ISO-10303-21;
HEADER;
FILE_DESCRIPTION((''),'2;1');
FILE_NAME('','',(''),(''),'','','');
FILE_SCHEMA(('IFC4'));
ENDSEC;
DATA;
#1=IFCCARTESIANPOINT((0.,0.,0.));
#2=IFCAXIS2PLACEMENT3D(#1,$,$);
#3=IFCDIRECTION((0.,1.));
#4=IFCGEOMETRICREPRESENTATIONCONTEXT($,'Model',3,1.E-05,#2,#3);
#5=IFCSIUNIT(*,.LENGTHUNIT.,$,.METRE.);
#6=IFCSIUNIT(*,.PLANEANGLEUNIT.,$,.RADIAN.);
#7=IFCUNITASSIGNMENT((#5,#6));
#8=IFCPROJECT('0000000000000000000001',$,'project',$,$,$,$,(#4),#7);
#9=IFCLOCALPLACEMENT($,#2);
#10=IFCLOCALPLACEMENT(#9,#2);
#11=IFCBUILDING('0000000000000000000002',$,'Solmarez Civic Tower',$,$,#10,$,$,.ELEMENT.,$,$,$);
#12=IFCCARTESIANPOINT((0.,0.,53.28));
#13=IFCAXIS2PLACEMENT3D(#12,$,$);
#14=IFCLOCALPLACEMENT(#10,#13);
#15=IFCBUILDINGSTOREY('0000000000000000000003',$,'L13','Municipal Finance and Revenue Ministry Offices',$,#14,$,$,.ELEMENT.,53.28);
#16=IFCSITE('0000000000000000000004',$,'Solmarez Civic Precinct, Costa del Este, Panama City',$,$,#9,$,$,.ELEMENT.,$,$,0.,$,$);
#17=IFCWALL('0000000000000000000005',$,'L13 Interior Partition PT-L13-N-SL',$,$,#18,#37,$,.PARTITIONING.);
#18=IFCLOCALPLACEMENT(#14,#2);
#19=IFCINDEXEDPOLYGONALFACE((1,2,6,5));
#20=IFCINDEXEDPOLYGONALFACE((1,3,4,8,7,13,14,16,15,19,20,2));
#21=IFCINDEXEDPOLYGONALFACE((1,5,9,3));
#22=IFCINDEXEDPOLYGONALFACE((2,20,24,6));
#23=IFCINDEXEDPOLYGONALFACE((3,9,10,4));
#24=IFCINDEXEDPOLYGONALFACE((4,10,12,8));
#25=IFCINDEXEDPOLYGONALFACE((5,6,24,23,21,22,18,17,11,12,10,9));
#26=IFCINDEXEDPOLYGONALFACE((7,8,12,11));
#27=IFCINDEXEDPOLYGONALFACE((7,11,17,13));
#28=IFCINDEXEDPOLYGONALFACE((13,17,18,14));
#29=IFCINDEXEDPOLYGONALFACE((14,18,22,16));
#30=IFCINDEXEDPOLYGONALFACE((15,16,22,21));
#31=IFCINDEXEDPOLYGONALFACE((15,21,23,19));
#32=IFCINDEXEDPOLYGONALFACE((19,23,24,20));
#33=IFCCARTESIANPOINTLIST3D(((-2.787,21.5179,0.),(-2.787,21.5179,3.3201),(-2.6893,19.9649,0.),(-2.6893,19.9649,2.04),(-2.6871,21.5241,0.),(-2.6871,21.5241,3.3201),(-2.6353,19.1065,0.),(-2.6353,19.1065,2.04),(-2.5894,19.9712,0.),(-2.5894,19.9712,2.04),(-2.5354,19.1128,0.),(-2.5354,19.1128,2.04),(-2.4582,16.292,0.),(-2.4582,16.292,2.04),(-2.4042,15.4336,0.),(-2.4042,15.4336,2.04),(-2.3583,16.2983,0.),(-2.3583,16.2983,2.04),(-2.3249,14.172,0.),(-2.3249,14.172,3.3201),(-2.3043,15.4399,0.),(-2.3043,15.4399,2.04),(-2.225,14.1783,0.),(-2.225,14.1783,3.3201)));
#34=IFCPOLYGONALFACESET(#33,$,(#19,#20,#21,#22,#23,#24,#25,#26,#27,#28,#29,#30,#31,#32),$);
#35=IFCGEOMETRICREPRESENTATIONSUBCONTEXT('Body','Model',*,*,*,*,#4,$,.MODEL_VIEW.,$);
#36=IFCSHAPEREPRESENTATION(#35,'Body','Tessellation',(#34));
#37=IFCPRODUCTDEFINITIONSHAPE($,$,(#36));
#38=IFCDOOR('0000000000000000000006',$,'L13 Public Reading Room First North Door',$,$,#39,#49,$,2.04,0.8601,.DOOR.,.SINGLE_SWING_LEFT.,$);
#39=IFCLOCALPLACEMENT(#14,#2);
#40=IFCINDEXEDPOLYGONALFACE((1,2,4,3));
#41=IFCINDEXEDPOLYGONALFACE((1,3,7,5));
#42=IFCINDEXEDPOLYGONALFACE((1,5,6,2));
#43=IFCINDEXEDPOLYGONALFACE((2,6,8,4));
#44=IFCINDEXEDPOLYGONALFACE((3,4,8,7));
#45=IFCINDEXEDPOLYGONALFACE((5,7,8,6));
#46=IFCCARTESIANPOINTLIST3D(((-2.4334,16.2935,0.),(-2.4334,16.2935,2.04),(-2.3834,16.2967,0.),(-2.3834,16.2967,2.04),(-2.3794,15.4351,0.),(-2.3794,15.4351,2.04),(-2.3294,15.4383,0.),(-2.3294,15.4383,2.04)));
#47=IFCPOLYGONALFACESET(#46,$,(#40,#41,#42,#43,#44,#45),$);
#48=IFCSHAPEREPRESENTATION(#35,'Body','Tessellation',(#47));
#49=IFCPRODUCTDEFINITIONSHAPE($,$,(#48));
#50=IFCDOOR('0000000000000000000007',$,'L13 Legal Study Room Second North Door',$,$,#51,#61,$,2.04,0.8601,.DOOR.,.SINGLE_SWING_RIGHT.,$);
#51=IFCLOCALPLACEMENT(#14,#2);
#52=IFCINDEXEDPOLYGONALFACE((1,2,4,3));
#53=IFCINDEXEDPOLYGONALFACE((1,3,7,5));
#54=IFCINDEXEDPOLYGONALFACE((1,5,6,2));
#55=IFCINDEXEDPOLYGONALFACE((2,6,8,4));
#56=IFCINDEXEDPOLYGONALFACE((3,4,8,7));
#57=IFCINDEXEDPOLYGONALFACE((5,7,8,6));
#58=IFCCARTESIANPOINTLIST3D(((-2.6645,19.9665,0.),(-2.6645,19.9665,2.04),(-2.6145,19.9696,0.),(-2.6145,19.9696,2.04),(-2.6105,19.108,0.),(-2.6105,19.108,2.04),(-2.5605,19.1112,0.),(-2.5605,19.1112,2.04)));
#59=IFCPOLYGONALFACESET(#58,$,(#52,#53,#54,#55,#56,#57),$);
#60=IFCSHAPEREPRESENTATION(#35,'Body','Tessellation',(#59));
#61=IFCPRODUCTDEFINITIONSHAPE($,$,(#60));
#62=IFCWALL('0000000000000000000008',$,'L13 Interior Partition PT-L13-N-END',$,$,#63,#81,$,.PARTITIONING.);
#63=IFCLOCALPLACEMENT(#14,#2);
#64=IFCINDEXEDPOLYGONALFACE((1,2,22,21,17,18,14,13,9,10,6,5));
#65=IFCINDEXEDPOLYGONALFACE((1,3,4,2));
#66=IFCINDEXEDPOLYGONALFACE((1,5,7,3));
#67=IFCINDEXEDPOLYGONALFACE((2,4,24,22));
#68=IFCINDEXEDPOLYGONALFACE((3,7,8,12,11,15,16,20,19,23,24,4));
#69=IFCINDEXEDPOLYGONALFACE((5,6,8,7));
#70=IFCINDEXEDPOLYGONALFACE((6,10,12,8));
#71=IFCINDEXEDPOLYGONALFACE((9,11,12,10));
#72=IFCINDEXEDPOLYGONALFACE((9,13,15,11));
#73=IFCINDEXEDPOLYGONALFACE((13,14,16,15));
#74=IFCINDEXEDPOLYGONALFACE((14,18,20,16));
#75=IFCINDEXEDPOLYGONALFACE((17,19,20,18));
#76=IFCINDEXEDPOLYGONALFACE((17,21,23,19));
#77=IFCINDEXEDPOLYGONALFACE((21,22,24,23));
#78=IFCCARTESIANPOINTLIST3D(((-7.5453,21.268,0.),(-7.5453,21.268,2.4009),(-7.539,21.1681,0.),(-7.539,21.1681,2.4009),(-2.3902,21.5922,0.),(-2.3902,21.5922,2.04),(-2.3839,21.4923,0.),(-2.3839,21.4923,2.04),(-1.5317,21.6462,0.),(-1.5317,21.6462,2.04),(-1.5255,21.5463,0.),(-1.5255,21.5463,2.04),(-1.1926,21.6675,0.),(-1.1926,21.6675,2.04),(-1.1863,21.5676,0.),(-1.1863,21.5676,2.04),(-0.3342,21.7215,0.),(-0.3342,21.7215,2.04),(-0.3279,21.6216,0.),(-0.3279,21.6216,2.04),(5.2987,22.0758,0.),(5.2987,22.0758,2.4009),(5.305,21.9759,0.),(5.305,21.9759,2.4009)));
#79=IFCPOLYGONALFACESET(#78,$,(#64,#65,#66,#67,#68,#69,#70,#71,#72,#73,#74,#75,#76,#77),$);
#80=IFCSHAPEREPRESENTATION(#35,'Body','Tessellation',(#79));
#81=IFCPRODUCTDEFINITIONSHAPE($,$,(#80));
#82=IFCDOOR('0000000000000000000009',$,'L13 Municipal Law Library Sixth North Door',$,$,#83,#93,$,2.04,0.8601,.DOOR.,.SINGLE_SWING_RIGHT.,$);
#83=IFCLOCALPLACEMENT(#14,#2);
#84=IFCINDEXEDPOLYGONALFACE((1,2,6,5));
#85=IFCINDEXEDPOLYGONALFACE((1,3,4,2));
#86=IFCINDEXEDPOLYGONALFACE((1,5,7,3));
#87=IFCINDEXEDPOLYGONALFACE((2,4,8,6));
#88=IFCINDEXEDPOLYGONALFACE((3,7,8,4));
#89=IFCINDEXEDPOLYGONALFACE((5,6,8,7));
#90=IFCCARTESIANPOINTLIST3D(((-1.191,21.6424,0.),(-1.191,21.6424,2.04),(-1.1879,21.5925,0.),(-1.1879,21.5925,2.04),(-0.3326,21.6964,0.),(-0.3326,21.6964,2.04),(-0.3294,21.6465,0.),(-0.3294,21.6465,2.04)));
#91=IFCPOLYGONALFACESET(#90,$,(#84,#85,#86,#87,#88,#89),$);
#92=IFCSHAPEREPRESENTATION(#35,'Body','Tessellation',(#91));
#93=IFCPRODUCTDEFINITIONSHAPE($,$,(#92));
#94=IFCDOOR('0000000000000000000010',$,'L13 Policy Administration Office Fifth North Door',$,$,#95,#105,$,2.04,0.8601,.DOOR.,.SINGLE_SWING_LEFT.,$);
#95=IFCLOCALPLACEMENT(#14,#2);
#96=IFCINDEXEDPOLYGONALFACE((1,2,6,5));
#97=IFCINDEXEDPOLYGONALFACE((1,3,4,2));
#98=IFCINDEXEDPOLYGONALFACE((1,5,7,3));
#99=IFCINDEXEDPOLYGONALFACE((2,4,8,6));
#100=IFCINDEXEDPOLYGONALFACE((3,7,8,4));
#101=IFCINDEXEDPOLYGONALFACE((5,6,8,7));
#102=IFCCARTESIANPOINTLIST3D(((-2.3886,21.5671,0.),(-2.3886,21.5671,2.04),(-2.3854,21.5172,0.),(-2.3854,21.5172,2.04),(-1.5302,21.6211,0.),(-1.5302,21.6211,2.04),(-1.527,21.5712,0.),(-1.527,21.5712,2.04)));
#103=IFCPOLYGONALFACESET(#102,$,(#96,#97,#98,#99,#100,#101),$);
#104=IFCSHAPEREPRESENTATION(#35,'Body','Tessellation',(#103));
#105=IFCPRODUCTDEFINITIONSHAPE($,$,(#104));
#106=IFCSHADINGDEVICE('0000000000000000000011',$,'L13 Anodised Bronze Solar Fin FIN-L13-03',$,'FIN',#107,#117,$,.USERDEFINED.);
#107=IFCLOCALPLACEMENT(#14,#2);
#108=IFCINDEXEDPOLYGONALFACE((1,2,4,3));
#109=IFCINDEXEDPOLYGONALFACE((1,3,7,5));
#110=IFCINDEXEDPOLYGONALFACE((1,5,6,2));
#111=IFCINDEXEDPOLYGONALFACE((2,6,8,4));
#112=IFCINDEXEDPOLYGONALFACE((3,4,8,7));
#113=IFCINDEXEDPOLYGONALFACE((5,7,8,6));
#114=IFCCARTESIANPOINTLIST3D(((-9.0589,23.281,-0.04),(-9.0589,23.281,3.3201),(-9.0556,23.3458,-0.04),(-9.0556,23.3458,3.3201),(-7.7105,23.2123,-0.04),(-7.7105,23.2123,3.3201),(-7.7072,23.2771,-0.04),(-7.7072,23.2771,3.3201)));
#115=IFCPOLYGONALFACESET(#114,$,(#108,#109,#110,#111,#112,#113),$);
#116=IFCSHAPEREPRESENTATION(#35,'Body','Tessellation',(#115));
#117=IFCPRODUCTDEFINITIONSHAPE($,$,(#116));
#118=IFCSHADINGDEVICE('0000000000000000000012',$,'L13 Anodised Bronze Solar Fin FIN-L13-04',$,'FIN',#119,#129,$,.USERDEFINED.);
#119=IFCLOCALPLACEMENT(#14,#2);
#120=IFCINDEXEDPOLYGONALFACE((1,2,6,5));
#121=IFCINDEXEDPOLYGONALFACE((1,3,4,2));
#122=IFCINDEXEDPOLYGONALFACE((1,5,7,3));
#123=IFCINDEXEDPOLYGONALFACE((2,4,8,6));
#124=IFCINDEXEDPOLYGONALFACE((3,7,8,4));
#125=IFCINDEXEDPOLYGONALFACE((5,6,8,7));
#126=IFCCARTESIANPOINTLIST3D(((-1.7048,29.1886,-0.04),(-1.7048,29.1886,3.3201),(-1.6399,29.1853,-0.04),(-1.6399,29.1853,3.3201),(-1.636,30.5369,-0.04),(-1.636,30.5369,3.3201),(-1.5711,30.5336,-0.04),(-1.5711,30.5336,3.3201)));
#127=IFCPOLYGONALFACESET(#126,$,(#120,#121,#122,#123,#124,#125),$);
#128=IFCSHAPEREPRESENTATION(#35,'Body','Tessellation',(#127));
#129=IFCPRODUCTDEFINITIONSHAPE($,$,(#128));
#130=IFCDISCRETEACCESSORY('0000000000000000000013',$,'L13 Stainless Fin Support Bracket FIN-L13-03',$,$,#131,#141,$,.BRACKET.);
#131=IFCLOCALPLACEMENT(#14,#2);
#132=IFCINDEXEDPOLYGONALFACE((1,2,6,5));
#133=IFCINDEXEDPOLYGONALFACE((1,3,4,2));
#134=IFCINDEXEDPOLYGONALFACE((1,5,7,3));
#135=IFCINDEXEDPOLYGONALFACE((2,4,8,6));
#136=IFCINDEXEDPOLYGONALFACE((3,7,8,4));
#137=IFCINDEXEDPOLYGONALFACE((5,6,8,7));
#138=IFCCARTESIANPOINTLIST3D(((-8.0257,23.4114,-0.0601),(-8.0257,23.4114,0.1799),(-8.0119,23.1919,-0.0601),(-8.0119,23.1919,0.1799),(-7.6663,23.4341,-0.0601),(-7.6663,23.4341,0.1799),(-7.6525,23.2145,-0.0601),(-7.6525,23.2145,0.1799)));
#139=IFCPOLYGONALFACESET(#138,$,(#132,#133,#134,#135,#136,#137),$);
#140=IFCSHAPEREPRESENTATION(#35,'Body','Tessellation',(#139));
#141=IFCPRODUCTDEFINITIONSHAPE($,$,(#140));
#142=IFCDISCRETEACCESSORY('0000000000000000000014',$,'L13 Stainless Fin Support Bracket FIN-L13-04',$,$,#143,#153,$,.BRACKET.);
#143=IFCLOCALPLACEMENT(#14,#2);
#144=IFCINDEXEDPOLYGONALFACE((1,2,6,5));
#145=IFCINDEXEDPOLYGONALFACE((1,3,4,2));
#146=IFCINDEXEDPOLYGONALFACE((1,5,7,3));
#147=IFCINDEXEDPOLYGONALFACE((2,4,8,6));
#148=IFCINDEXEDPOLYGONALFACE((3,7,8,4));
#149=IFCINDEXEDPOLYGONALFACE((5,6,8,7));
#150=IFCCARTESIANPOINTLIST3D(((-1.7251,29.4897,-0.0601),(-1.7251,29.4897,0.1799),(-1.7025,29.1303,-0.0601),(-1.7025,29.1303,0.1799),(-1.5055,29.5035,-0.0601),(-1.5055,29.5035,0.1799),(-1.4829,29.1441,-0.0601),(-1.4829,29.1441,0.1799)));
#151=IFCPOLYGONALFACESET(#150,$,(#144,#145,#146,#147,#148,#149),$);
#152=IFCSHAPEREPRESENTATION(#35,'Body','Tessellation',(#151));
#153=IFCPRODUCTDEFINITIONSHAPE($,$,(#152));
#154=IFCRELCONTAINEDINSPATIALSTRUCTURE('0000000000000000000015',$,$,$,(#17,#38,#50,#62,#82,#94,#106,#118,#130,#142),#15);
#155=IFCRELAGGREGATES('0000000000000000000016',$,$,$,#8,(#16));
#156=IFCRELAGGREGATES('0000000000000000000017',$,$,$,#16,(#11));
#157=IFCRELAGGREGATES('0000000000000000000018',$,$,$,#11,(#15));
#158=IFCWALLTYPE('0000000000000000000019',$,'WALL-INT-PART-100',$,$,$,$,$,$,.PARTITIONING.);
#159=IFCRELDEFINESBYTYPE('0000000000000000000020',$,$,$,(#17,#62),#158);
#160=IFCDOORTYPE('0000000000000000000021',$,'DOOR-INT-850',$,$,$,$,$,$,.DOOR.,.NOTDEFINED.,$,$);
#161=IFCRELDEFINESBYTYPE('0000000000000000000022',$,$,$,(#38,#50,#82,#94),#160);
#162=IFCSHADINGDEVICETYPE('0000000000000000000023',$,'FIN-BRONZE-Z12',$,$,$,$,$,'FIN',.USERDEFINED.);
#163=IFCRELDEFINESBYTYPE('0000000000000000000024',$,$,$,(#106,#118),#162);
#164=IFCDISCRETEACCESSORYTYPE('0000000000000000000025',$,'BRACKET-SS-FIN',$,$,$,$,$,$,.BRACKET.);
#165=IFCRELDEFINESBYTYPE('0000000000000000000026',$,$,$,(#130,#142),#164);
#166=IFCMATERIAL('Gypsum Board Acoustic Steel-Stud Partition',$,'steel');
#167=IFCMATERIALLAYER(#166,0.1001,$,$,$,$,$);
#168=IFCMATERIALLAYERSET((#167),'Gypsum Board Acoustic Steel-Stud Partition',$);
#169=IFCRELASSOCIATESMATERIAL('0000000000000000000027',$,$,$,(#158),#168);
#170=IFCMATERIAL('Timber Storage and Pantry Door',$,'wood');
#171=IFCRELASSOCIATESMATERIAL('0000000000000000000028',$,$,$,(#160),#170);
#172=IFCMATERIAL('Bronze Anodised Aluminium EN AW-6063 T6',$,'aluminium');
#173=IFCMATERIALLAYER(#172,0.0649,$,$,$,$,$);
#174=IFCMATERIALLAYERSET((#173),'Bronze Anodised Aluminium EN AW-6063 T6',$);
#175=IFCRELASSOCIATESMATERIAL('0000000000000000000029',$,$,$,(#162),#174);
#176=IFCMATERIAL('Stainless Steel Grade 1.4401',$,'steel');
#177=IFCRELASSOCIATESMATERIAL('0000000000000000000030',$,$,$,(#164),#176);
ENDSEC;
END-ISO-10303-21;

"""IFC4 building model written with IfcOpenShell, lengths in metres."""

from ifc_helpers import new_model, si_unit, direction, frame, frame_2d, origin, origin_2d, place, context, subcontext, project, spatial, rectangle, extrude, material, layer, layer_set, type_object, element, fill, save


model = new_model("IFC4")

# Units and contexts
model_context = context("Model", 3, precision=1e-05, world=origin(), true_north=direction((0.0, 1.0)))
body_context = subcontext(model_context, "Body", "Model", "MODEL_VIEW")
ifc_project = project(units=[si_unit("LENGTHUNIT", "METRE"), si_unit("PLANEANGLEUNIT", "RADIAN")], contexts=[model_context])

# Site, building, storey
site_placement = place(None, origin())
site = spatial("IfcSite", under=ifc_project, at=site_placement, Name="Solmarez Civic Precinct, Costa del Este, Panama City", CompositionType="ELEMENT", RefElevation=0.0)
building_placement = place(site_placement, origin())
building = spatial("IfcBuilding", under=site, at=building_placement, Name="Solmarez Civic Tower", CompositionType="ELEMENT")
storey_placement = place(building_placement, frame((0.0, 0.0, 53.28)))
storey = spatial("IfcBuildingStorey", under=building, at=storey_placement, Name="L13", Description="Municipal Finance and Revenue Ministry Offices", CompositionType="ELEMENT", Elevation=53.28)

# Shared definitions
ifc_material_1 = material(Name="Bronze Anodised Aluminium EN AW-6063 T6", Category="aluminium")

# Walls, openings, doors
ifc_material_2 = material(Name="Gypsum Board Acoustic Steel-Stud Partition", Category="steel")
ifc_layer_1 = layer(ifc_material_2, 0.1001)
ifc_layer_set_1 = layer_set([ifc_layer_1], Name="Gypsum Board Acoustic Steel-Stud Partition")
wall_type_1 = type_object("IfcWallType", Name="WALL-INT-PART-100", PredefinedType="PARTITIONING", material=ifc_layer_set_1)
wall_1_placement = place(storey_placement, frame((-2.7371, 21.521, 0.0), z_axis=(0.0, 0.0, 1.0), x_axis=(0.062789, -0.998027, 0.0)))
wall_1 = element("IfcWall", 1, at=wall_1_placement, inside=storey, type_object=wall_type_1, Name="L13 Interior Partition PT-L13-N-SL", PredefinedType="PARTITIONING", context=body_context, shape_type="SweptSolid", body=[
    extrude(rectangle(XDim=7.3604, YDim=0.1001, at=frame_2d((3.6802, 0.0))), origin(), (0.0, 0.0, 1.0), 3.3201),
])
opening_1_placement = place(wall_1_placement, frame((5.2361, 0.0, 0.0)))
opening_1 = element("IfcOpeningElement", 2, at=opening_1_placement, cuts=wall_1, PredefinedType="OPENING", context=body_context, shape_type="SweptSolid", body=[
    extrude(rectangle(XDim=0.8601, YDim=2.04, at=frame_2d((0.4302, 1.02))), frame((0.0, 0.0601, 0.0), z_axis=(0.0, -1.0, 0.0), x_axis=(1.0, 0.0, 0.0)), (0.0, 0.0, 1.0), 0.1201),
])
opening_2_placement = place(wall_1_placement, frame((1.5559, 0.0, 0.0)))
opening_2 = element("IfcOpeningElement", 3, at=opening_2_placement, cuts=wall_1, PredefinedType="OPENING", context=body_context, shape_type="SweptSolid", body=[
    extrude(rectangle(XDim=0.8601, YDim=2.04, at=frame_2d((0.4302, 1.02))), frame((0.0, 0.0601, 0.0), z_axis=(0.0, -1.0, 0.0), x_axis=(1.0, 0.0, 0.0)), (0.0, 0.0, 1.0), 0.1201),
])
ifc_material_3 = material(Name="Timber Storage and Pantry Door", Category="wood")
door_type = type_object("IfcDoorType", Name="DOOR-INT-850", OperationType="NOTDEFINED", PredefinedType="DOOR", material=ifc_material_3)
door_1_placement = place(opening_1_placement, origin())
door_1 = element("IfcDoor", 4, at=door_1_placement, inside=storey, type_object=door_type, Name="L13 Public Reading Room First North Door", OperationType="SINGLE_SWING_LEFT", OverallHeight=2.04, OverallWidth=0.8601, PredefinedType="DOOR", context=body_context, shape_type="SweptSolid", body=[
    extrude(rectangle(XDim=0.8601, YDim=2.04, at=frame_2d((0.4302, 1.02))), frame((0.0, 0.0249, 0.0), z_axis=(0.0, -1.0, 0.0), x_axis=(1.0, 0.0, 0.0)), (0.0, 0.0, 1.0), 0.05),
])
fill(opening_1, door_1)
door_2_placement = place(opening_2_placement, origin())
door_2 = element("IfcDoor", 5, at=door_2_placement, inside=storey, type_object=door_type, Name="L13 Legal Study Room Second North Door", OperationType="SINGLE_SWING_RIGHT", OverallHeight=2.04, OverallWidth=0.8601, PredefinedType="DOOR", context=body_context, shape_type="SweptSolid", body=[
    extrude(rectangle(XDim=0.8601, YDim=2.04, at=frame_2d((0.4302, 1.02))), frame((0.0, 0.0249, 0.0), z_axis=(0.0, -1.0, 0.0), x_axis=(1.0, 0.0, 0.0)), (0.0, 0.0, 1.0), 0.05),
])
fill(opening_2, door_2)
wall_2_placement = place(storey_placement, frame((-7.542, 21.218, 0.0), z_axis=(0.0, 0.0, 1.0), x_axis=(0.998028, 0.062774, 0.0)))
wall_2 = element("IfcWall", 6, at=wall_2_placement, inside=storey, type_object=wall_type_1, Name="L13 Interior Partition PT-L13-N-END", PredefinedType="PARTITIONING", context=body_context, shape_type="SweptSolid", body=[
    extrude(rectangle(XDim=12.8694, YDim=0.1001, at=frame_2d((6.4346, 0.0))), origin(), (0.0, 0.0, 1.0), 2.4009),
])
opening_3_placement = place(wall_2_placement, frame((6.365, 0.0, 0.0)))
opening_3 = element("IfcOpeningElement", 7, at=opening_3_placement, cuts=wall_2, PredefinedType="OPENING", context=body_context, shape_type="SweptSolid", body=[
    extrude(rectangle(XDim=0.8601, YDim=2.04, at=frame_2d((0.4302, 1.02))), frame((0.0, 0.0601, 0.0), z_axis=(0.0, -1.0, 0.0), x_axis=(1.0, 0.0, 0.0)), (0.0, 0.0, 1.0), 0.1201),
])
opening_4_placement = place(wall_2_placement, frame((5.165, 0.0, 0.0)))
opening_4 = element("IfcOpeningElement", 8, at=opening_4_placement, cuts=wall_2, PredefinedType="OPENING", context=body_context, shape_type="SweptSolid", body=[
    extrude(rectangle(XDim=0.8601, YDim=2.04, at=frame_2d((0.4302, 1.02))), frame((0.0, 0.0601, 0.0), z_axis=(0.0, -1.0, 0.0), x_axis=(1.0, 0.0, 0.0)), (0.0, 0.0, 1.0), 0.1201),
])
door_3_placement = place(opening_3_placement, origin())
door_3 = element("IfcDoor", 9, at=door_3_placement, inside=storey, type_object=door_type, Name="L13 Municipal Law Library Sixth North Door", OperationType="SINGLE_SWING_RIGHT", OverallHeight=2.04, OverallWidth=0.8601, PredefinedType="DOOR", context=body_context, shape_type="SweptSolid", body=[
    extrude(rectangle(XDim=0.8601, YDim=2.04, at=frame_2d((0.4302, 1.02))), frame((0.0, 0.0249, 0.0), z_axis=(0.0, -1.0, 0.0), x_axis=(1.0, 0.0, 0.0)), (0.0, 0.0, 1.0), 0.05),
])
fill(opening_3, door_3)
door_4_placement = place(opening_4_placement, origin())
door_4 = element("IfcDoor", 10, at=door_4_placement, inside=storey, type_object=door_type, Name="L13 Policy Administration Office Fifth North Door", OperationType="SINGLE_SWING_LEFT", OverallHeight=2.04, OverallWidth=0.8601, PredefinedType="DOOR", context=body_context, shape_type="SweptSolid", body=[
    extrude(rectangle(XDim=0.8601, YDim=2.04, at=frame_2d((0.4302, 1.02))), frame((0.0, 0.0249, 0.0), z_axis=(0.0, -1.0, 0.0), x_axis=(1.0, 0.0, 0.0)), (0.0, 0.0, 1.0), 0.05),
])
fill(opening_4, door_4)

# Shading devices
ifc_layer_2 = layer(ifc_material_1, 0.0649)
ifc_layer_set_2 = layer_set([ifc_layer_2], Name="Bronze Anodised Aluminium EN AW-6063 T6")
shading_device_type = type_object("IfcShadingDeviceType", Name="FIN-BRONZE-Z12", ElementType="FIN", PredefinedType="USERDEFINED", material=ifc_layer_set_2)
for number, where, z_axis, x_axis, name in (
    (11, (-8.3831, 23.2791, -0.04), (0.0, 0.0, 1.0), (-0.998703, 0.050907, 0.0), "L13 Anodised Bronze Solar Fin FIN-L13-03"),
    (12, (-1.6379, 29.8611, -0.04), (0.0, 0.0, 1.0), (0.050942, 0.998702, 0.0), "L13 Anodised Bronze Solar Fin FIN-L13-04"),
):
    element("IfcShadingDevice", number, at=place(storey_placement, frame(where, z_axis=z_axis, x_axis=x_axis)), inside=storey, type_object=shading_device_type, Name=name, ObjectType="FIN", PredefinedType="USERDEFINED", context=body_context, shape_type="SweptSolid", body=[
        extrude(rectangle(XDim=1.3501, YDim=0.0649, at=origin_2d()), origin(), (0.0, 0.0, 1.0), 3.3601),
    ])

# Discrete accessories
ifc_material_4 = material(Name="Stainless Steel Grade 1.4401", Category="steel")
discrete_accessory_type = type_object("IfcDiscreteAccessoryType", Name="BRACKET-SS-FIN", PredefinedType="BRACKET", material=ifc_material_4)
for number, where, z_axis, x_axis, name in (
    (13, (-7.8391, 23.313, -0.0601), (0.0, 0.0, 1.0), (-0.998025, -0.062826, 0.0), "L13 Stainless Fin Support Bracket FIN-L13-03"),
    (14, (-1.604, 29.3169, -0.0601), (0.0, 0.0, 1.0), (-0.0628, 0.998026, 0.0), "L13 Stainless Fin Support Bracket FIN-L13-04"),
):
    element("IfcDiscreteAccessory", number, at=place(storey_placement, frame(where, z_axis=z_axis, x_axis=x_axis)), inside=storey, type_object=discrete_accessory_type, Name=name, PredefinedType="BRACKET", context=body_context, shape_type="SweptSolid", body=[
        extrude(rectangle(XDim=0.3601, YDim=0.22, at=origin_2d()), origin(), (0.0, 0.0, 1.0), 0.24),
    ])

save(model, "model.ifc")
